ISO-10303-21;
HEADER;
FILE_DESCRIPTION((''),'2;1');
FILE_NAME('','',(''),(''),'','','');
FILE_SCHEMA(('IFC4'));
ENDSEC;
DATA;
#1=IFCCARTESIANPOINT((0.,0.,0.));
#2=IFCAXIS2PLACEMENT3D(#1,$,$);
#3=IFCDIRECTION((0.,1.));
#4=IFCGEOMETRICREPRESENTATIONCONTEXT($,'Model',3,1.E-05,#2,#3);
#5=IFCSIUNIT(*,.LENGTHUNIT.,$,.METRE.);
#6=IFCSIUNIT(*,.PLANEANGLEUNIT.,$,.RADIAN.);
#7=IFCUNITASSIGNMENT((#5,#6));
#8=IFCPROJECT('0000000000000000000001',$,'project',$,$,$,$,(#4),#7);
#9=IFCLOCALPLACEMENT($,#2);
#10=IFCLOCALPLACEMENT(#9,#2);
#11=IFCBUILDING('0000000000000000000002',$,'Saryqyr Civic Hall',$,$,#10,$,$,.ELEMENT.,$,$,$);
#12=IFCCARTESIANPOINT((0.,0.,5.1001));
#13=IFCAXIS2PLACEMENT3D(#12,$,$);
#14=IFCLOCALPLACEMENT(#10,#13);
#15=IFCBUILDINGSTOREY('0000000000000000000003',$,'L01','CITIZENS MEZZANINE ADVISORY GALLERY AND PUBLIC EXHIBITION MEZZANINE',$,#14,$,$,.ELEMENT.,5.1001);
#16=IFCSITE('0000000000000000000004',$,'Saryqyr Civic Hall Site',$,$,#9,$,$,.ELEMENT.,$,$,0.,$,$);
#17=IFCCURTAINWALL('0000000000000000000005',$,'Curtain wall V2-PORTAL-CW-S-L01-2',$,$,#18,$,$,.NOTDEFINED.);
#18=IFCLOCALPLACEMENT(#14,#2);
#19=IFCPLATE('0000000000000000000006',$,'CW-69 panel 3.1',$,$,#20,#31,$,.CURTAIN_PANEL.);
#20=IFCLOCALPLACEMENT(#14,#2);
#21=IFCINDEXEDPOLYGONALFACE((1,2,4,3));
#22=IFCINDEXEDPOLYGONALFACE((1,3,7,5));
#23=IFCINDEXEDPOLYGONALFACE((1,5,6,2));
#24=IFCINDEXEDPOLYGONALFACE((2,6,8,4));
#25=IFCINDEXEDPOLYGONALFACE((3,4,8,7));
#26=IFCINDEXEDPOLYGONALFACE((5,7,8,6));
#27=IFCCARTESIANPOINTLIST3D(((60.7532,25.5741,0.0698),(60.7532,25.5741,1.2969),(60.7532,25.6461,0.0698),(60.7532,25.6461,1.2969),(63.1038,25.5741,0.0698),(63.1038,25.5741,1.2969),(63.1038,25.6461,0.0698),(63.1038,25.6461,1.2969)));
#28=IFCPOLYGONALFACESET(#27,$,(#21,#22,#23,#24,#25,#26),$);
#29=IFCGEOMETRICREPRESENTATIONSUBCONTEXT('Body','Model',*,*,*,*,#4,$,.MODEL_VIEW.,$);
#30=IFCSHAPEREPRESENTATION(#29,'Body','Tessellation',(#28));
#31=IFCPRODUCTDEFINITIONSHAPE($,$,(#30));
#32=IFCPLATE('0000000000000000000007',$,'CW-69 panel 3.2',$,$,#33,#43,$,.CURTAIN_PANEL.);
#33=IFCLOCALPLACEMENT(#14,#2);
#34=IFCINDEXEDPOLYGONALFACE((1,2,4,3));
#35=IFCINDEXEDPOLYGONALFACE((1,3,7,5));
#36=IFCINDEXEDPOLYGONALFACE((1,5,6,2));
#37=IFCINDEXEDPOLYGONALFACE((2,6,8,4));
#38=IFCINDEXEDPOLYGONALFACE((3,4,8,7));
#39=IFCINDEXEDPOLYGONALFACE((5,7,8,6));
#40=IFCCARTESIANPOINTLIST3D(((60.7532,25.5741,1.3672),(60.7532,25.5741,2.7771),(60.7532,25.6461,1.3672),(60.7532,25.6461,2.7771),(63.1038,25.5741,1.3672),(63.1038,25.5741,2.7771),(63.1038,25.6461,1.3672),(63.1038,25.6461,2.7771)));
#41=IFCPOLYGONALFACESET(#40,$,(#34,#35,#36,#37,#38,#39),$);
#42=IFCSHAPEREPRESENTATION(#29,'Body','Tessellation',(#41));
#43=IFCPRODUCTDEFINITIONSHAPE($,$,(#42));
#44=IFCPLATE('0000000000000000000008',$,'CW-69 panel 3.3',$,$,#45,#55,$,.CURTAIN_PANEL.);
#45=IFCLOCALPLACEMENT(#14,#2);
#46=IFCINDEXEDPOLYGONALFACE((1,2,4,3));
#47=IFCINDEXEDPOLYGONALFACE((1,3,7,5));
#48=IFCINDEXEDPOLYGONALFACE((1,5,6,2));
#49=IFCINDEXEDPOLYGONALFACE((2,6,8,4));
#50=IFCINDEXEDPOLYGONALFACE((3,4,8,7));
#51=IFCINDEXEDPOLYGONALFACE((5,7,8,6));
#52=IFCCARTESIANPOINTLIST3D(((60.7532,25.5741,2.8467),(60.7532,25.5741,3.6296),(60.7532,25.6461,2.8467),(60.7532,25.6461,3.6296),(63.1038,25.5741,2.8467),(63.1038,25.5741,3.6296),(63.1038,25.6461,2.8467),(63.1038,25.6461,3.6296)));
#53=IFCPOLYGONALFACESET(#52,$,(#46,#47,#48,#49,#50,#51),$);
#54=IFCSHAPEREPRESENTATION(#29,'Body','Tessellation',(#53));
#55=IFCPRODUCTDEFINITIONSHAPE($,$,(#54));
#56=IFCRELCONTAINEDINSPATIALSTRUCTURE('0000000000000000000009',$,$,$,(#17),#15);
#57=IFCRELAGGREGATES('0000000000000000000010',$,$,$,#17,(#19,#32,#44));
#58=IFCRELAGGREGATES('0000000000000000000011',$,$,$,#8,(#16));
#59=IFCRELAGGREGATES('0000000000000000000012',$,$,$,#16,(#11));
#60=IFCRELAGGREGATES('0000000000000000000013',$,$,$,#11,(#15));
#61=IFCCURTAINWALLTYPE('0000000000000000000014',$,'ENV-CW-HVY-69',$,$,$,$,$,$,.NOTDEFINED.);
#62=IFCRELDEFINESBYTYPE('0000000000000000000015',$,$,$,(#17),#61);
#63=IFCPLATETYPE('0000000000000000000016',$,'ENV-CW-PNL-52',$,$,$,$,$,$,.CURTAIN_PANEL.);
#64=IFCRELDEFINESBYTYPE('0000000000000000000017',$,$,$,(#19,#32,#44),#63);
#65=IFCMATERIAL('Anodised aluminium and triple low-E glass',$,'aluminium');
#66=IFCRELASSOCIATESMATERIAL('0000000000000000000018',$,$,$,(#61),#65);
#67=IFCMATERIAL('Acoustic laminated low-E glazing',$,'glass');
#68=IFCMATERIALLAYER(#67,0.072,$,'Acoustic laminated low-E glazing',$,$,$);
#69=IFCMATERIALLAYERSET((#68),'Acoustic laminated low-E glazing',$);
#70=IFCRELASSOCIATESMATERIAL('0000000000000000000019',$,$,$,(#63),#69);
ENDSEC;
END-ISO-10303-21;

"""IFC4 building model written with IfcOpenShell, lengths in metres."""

from ifc_helpers import new_model, si_unit, direction, frame, origin, origin_2d, place, context, subcontext, project, spatial, rectangle, extrude, material, layer, layer_set, type_object, element, aggregate, save


model = new_model("IFC4")

# Units and contexts
model_context = context("Model", 3, precision=1e-05, world=origin(), true_north=direction((0.0, 1.0)))
body_context = subcontext(model_context, "Body", "Model", "MODEL_VIEW")
ifc_project = project(units=[si_unit("LENGTHUNIT", "METRE"), si_unit("PLANEANGLEUNIT", "RADIAN")], contexts=[model_context])

# Site, building, storey
site_placement = place(None, origin())
site = spatial("IfcSite", under=ifc_project, at=site_placement, Name="Saryqyr Civic Hall Site", CompositionType="ELEMENT", RefElevation=0.0)
building_placement = place(site_placement, origin())
building = spatial("IfcBuilding", under=site, at=building_placement, Name="Saryqyr Civic Hall", CompositionType="ELEMENT")
storey_placement = place(building_placement, frame((0.0, 0.0, 5.1001)))
storey = spatial("IfcBuildingStorey", under=building, at=storey_placement, Name="L01", Description="CITIZENS MEZZANINE ADVISORY GALLERY AND PUBLIC EXHIBITION MEZZANINE", CompositionType="ELEMENT", Elevation=5.1001)

# Curtain wall
ifc_material_1 = material(Name="Anodised aluminium and triple low-E glass", Category="aluminium")
curtain_wall_type = type_object("IfcCurtainWallType", Name="ENV-CW-HVY-69", PredefinedType="NOTDEFINED", material=ifc_material_1)
curtain_wall_1_placement = place(storey_placement, origin())
curtain_wall_1 = element("IfcCurtainWall", 1, at=curtain_wall_1_placement, inside=storey, type_object=curtain_wall_type, Name="Curtain wall V2-PORTAL-CW-S-L01-2", PredefinedType="NOTDEFINED")

# Plates
ifc_material_2 = material(Name="Acoustic laminated low-E glazing", Category="glass")
ifc_layer = layer(ifc_material_2, 0.072, Name="Acoustic laminated low-E glazing")
ifc_layer_set = layer_set([ifc_layer], Name="Acoustic laminated low-E glazing")
plate_type = type_object("IfcPlateType", Name="ENV-CW-PNL-52", PredefinedType="CURTAIN_PANEL", material=ifc_layer_set)
plate_1_placement = place(storey_placement, frame((61.9285, 25.6101, 0.0698), z_axis=(0.0, 0.0, 1.0), x_axis=(-1.0, 0.0, 0.0)))
plate_1 = element("IfcPlate", 2, at=plate_1_placement, type_object=plate_type, Name="CW-69 panel 3.1", PredefinedType="CURTAIN_PANEL", context=body_context, shape_type="SweptSolid", body=[
    extrude(rectangle(XDim=2.3506, YDim=0.072, at=origin_2d()), origin(), (0.0, 0.0, 1.0), 1.2271),
])
plate_2_placement = place(storey_placement, frame((61.9285, 25.6101, 1.3672), z_axis=(0.0, 0.0, 1.0), x_axis=(-1.0, 0.0, 0.0)))
plate_2 = element("IfcPlate", 3, at=plate_2_placement, type_object=plate_type, Name="CW-69 panel 3.2", PredefinedType="CURTAIN_PANEL", context=body_context, shape_type="SweptSolid", body=[
    extrude(rectangle(XDim=2.3506, YDim=0.072, at=origin_2d()), origin(), (0.0, 0.0, 1.0), 1.4099),
])
plate_3_placement = place(storey_placement, frame((61.9285, 25.6101, 2.8467), z_axis=(0.0, 0.0, 1.0), x_axis=(-1.0, 0.0, 0.0)))
plate_3 = element("IfcPlate", 4, at=plate_3_placement, type_object=plate_type, Name="CW-69 panel 3.3", PredefinedType="CURTAIN_PANEL", context=body_context, shape_type="SweptSolid", body=[
    extrude(rectangle(XDim=2.3506, YDim=0.072, at=origin_2d()), origin(), (0.0, 0.0, 1.0), 0.783),
])
aggregate(curtain_wall_1, [plate_1, plate_2, plate_3])

save(model, "model.ifc")
